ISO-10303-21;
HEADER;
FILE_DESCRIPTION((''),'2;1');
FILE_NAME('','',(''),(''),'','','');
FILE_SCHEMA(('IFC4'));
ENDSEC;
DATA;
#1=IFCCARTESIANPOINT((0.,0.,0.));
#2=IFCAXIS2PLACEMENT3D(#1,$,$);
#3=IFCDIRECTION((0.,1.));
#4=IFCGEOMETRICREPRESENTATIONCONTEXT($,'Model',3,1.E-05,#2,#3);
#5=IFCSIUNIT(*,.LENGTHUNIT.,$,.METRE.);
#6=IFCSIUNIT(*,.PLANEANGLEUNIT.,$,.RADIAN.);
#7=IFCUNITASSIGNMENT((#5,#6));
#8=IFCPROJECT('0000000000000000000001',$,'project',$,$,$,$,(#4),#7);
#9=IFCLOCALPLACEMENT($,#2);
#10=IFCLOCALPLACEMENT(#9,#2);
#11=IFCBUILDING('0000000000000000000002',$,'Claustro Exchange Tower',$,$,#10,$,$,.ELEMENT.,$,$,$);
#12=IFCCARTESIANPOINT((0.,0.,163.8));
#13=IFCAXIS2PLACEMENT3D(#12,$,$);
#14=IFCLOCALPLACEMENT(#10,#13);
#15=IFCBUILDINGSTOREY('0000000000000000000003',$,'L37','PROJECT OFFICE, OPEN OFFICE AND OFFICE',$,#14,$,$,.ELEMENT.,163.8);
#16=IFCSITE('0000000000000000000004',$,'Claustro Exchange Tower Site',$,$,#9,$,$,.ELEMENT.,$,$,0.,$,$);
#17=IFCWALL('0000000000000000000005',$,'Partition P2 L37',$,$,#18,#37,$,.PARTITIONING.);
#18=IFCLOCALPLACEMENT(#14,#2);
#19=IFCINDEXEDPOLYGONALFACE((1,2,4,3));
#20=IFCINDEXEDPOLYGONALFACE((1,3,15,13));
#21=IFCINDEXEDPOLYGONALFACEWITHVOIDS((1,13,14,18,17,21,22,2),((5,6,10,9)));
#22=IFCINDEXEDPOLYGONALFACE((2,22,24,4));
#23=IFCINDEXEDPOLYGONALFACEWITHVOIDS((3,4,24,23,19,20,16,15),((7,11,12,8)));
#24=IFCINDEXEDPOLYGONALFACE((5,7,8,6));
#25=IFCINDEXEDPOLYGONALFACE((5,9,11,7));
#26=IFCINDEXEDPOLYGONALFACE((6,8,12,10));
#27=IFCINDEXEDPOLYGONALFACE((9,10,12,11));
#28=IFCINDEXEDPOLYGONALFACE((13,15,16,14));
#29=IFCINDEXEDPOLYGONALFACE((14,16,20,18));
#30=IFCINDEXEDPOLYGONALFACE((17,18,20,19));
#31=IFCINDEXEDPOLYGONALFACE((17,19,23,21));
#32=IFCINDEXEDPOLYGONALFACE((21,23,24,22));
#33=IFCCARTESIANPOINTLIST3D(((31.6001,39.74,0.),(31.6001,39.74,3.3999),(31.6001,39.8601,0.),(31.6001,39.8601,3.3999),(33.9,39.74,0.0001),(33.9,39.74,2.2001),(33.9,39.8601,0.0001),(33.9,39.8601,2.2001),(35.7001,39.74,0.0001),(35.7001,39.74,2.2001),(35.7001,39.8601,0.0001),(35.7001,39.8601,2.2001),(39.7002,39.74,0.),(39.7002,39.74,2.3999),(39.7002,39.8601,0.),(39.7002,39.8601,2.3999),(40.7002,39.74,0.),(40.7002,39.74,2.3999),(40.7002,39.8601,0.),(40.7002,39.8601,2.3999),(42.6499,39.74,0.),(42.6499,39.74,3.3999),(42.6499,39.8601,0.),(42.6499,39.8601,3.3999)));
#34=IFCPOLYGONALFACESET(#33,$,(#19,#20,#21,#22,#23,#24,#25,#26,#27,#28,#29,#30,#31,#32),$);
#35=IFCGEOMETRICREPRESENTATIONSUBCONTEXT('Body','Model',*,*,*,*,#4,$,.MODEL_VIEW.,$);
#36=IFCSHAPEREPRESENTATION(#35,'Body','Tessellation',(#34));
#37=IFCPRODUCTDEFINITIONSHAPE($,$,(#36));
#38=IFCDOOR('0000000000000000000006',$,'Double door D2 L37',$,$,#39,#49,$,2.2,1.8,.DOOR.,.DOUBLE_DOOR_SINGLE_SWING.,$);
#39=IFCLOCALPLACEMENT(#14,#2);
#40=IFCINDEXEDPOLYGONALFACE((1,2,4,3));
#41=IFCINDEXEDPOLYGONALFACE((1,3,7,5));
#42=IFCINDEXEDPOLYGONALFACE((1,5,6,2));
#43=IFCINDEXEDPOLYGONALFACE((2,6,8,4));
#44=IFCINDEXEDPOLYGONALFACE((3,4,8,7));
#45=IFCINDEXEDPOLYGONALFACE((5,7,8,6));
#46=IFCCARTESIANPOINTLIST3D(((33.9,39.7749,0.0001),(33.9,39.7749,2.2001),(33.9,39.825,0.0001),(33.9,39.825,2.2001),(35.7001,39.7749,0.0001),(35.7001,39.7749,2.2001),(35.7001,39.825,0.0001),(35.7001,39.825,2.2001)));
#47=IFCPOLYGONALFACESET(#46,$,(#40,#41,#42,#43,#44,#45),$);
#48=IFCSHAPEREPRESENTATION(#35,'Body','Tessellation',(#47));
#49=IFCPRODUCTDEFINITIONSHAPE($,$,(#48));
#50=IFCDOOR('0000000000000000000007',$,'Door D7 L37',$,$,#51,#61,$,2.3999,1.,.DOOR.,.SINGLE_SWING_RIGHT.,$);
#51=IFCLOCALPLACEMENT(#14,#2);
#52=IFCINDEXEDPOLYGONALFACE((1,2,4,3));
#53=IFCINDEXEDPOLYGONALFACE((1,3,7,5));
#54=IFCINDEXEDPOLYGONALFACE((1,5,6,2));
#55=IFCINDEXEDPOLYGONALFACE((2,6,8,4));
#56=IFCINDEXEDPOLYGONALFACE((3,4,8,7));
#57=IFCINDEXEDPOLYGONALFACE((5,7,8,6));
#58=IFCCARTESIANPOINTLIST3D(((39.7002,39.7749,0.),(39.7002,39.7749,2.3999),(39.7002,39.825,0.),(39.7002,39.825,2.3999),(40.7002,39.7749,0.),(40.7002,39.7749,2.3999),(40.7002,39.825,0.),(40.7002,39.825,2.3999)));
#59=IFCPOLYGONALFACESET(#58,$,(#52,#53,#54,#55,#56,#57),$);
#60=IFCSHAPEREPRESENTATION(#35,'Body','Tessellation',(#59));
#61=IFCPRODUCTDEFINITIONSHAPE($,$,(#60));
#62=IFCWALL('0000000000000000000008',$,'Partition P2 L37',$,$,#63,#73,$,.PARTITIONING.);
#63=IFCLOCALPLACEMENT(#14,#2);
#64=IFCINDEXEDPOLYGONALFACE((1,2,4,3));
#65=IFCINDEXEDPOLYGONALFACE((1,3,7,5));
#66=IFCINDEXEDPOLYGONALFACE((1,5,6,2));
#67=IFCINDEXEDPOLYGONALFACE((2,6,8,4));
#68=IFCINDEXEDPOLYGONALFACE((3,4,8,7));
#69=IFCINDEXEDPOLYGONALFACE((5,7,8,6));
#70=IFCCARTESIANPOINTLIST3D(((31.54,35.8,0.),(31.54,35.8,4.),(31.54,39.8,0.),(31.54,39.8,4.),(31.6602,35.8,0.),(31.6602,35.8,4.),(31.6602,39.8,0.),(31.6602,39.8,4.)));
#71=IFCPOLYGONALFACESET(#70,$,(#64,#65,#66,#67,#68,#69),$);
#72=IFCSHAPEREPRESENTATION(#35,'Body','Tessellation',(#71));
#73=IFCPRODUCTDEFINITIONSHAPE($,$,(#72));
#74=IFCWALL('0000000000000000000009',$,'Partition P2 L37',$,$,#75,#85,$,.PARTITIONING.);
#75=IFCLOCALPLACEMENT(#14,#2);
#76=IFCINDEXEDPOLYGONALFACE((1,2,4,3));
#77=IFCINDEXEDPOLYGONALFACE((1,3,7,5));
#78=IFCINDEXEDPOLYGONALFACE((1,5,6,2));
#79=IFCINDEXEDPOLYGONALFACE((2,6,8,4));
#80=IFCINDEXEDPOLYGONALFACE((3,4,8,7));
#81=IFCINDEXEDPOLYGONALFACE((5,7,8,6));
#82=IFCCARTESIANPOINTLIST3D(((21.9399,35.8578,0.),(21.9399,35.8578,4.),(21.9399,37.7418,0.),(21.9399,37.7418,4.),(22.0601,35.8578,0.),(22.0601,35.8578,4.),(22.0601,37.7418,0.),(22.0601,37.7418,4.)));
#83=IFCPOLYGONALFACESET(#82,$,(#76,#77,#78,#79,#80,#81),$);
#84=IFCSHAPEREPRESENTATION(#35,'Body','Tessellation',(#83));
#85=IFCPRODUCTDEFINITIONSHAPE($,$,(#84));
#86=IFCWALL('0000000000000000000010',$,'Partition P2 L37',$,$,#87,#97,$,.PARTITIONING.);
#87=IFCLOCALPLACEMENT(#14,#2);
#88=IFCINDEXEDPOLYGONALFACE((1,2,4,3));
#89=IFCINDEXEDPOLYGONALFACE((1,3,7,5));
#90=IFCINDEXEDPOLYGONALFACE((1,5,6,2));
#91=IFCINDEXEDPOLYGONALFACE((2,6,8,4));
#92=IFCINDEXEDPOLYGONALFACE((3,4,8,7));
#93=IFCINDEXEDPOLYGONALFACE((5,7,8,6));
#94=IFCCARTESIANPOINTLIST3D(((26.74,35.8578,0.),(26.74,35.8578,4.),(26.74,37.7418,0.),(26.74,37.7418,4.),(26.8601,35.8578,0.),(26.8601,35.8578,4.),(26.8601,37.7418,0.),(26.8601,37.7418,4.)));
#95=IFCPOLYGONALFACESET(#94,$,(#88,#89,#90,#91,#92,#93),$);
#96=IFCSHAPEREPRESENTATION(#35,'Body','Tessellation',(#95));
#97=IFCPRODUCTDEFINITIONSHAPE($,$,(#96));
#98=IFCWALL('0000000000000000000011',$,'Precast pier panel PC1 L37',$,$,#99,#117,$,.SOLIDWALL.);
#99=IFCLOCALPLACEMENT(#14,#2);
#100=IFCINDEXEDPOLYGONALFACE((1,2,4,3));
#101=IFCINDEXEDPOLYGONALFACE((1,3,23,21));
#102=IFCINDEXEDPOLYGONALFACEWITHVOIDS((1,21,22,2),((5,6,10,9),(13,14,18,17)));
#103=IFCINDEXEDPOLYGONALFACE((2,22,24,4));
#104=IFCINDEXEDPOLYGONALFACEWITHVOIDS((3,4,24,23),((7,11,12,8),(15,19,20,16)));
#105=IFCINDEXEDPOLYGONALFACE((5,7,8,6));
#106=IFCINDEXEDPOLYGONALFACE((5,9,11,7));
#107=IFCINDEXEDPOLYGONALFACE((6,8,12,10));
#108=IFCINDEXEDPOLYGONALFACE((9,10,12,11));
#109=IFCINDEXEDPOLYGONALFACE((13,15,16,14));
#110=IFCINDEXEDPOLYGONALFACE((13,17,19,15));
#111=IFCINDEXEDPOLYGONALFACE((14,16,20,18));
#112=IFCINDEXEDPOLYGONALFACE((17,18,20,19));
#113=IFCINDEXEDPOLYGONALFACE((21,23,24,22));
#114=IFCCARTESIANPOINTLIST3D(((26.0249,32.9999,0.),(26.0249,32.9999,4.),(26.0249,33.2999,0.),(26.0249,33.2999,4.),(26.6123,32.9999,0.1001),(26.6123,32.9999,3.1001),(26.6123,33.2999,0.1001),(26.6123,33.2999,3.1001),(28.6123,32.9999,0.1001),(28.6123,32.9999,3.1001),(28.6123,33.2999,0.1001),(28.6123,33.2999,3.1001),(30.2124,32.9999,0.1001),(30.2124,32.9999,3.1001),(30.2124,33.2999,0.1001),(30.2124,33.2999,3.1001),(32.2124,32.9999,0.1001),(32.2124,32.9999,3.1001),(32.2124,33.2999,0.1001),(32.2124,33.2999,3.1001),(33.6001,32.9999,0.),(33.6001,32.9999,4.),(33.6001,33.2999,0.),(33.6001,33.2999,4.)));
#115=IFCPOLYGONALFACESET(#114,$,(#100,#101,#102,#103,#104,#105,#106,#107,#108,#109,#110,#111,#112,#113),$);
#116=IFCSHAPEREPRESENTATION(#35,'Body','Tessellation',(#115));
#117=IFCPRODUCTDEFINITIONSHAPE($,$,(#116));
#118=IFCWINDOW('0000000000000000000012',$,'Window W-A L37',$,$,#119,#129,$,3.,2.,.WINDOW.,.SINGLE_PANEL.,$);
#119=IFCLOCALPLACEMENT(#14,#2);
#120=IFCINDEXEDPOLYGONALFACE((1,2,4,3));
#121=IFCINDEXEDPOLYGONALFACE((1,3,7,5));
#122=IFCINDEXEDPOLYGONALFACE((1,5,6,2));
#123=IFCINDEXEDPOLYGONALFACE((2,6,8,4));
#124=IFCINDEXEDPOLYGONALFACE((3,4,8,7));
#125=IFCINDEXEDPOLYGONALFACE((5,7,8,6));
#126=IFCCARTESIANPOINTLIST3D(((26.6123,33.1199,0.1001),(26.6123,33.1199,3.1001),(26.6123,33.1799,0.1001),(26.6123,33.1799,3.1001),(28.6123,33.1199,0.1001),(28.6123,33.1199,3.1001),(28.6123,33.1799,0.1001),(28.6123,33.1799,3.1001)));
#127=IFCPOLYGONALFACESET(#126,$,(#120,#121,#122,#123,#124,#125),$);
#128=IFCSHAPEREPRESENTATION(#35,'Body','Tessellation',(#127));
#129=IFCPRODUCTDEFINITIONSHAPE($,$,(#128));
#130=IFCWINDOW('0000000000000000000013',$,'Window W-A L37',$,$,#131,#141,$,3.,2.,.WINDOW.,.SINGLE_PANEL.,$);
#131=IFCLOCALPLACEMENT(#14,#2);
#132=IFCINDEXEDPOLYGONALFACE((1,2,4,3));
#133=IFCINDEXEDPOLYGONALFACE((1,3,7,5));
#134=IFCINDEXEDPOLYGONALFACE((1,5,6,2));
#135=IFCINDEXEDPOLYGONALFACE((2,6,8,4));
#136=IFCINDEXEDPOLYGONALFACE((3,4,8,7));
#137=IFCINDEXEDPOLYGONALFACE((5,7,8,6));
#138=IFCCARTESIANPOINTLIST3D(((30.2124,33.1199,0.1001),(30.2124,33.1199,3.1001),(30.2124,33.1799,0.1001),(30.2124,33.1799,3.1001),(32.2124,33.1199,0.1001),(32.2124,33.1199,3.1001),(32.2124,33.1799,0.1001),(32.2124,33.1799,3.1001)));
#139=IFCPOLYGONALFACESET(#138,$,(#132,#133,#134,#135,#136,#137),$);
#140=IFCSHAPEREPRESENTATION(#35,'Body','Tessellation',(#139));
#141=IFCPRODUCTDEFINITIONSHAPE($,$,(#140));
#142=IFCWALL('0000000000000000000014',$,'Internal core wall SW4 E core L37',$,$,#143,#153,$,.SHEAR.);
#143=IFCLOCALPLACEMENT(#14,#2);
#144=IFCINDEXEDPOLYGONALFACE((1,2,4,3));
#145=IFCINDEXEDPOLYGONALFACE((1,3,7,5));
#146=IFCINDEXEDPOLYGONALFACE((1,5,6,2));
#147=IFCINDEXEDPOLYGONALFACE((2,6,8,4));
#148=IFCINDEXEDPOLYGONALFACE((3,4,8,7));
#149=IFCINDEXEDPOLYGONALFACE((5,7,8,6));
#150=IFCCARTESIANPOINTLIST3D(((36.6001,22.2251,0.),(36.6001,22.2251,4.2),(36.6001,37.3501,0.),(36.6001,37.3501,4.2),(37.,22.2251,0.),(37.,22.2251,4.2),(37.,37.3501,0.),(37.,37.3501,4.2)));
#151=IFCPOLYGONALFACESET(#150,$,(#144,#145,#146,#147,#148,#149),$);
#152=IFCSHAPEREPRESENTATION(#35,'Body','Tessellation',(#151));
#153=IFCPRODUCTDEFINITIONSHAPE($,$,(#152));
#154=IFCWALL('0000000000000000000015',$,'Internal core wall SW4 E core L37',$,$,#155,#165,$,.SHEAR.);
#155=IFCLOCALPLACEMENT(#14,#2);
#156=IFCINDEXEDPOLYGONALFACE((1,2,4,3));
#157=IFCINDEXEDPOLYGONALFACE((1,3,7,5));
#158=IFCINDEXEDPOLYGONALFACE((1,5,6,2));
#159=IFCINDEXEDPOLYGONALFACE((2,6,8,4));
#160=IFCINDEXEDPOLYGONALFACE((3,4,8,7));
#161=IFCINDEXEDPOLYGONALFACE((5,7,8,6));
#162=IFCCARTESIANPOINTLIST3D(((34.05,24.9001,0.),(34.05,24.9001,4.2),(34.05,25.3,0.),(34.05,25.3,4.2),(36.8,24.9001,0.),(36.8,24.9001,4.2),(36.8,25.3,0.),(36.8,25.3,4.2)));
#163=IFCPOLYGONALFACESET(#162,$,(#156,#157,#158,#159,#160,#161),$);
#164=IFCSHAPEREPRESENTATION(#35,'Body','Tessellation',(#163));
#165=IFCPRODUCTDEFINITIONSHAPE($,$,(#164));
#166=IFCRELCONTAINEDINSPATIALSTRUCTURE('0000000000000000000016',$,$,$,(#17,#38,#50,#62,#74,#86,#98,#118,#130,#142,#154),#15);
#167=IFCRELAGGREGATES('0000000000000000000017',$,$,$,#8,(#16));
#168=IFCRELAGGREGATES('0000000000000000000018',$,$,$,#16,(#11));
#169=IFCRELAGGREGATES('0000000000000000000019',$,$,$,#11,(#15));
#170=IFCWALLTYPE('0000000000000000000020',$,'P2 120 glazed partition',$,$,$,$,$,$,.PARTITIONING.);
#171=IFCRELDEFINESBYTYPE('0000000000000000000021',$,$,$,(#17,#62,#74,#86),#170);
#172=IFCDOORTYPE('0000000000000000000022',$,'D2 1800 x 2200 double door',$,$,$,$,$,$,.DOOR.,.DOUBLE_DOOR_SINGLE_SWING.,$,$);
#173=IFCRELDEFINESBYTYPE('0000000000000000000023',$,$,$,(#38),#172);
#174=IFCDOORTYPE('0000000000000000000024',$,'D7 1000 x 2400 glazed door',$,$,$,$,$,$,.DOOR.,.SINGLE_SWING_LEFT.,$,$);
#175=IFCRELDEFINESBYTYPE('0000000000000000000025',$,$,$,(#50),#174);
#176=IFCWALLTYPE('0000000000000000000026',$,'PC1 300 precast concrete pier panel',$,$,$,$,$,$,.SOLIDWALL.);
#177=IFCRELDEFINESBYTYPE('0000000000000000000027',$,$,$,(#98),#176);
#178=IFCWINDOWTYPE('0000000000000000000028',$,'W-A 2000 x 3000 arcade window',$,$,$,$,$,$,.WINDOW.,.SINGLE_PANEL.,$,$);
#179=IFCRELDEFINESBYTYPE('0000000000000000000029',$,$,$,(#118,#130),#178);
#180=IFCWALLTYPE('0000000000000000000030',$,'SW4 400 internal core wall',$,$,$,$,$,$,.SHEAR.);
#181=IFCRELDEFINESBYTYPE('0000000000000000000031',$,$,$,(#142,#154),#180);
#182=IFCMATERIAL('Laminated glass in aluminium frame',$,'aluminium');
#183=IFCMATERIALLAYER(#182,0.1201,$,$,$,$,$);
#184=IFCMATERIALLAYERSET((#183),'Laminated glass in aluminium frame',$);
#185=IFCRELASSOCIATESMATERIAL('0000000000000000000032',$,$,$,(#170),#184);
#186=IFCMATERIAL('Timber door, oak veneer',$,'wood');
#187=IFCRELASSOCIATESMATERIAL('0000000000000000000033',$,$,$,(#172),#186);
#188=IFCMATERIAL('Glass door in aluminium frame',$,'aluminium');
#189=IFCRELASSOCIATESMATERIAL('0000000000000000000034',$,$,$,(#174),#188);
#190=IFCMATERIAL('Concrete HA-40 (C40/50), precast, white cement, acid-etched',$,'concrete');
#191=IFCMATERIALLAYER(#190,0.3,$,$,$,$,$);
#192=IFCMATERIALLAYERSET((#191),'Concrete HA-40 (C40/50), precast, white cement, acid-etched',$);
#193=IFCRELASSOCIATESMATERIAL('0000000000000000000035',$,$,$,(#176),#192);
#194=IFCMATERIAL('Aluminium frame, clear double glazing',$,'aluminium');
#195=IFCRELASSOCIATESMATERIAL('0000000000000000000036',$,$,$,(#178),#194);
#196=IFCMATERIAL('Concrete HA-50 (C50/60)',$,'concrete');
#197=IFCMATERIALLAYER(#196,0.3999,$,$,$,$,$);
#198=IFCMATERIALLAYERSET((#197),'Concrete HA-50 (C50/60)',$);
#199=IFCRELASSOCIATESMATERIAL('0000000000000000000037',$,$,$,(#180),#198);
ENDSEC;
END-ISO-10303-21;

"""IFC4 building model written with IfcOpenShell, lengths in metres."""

from ifc_helpers import new_model, si_unit, direction, frame, frame_2d, origin, place, context, subcontext, project, spatial, rectangle, extrude, material, layer, layer_set, type_object, element, fill, save


model = new_model("IFC4")

# Units and contexts
model_context = context("Model", 3, precision=1e-05, world=origin(), true_north=direction((0.0, 1.0)))
body_context = subcontext(model_context, "Body", "Model", "MODEL_VIEW")
ifc_project = project(units=[si_unit("LENGTHUNIT", "METRE"), si_unit("PLANEANGLEUNIT", "RADIAN")], contexts=[model_context])

# Site, building, storey
site_placement = place(None, origin())
site = spatial("IfcSite", under=ifc_project, at=site_placement, Name="Claustro Exchange Tower Site", CompositionType="ELEMENT", RefElevation=0.0)
building_placement = place(site_placement, origin())
building = spatial("IfcBuilding", under=site, at=building_placement, Name="Claustro Exchange Tower", CompositionType="ELEMENT")
storey_placement = place(building_placement, frame((0.0, 0.0, 163.8)))
storey = spatial("IfcBuildingStorey", under=building, at=storey_placement, Name="L37", Description="PROJECT OFFICE, OPEN OFFICE AND OFFICE", CompositionType="ELEMENT", Elevation=163.8)

# Wall, openings, doors
ifc_material_1 = material(Name="Laminated glass in aluminium frame", Category="aluminium")
ifc_layer_1 = layer(ifc_material_1, 0.1201)
ifc_layer_set_1 = layer_set([ifc_layer_1], Name="Laminated glass in aluminium frame")
wall_type_1 = type_object("IfcWallType", Name="P2 120 glazed partition", PredefinedType="PARTITIONING", material=ifc_layer_set_1)
wall_1_placement = place(storey_placement, frame((31.6001, 39.8, 0.0), z_axis=(0.0, 0.0, 1.0), x_axis=(1.0, 0.0, 0.0)))
wall_1 = element("IfcWall", 1, at=wall_1_placement, inside=storey, type_object=wall_type_1, Name="Partition P2 L37", PredefinedType="PARTITIONING", context=body_context, shape_type="SweptSolid", body=[
    extrude(rectangle(XDim=11.0498, YDim=0.1201, at=frame_2d((5.5249, 0.0))), origin(), (0.0, 0.0, 1.0), 3.3999),
])
opening_1_placement = place(wall_1_placement, frame((2.3, 0.0, 0.0)))
opening_1 = element("IfcOpeningElement", 2, at=opening_1_placement, cuts=wall_1, PredefinedType="OPENING", context=body_context, shape_type="SweptSolid", body=[
    extrude(rectangle(XDim=1.8, YDim=2.2, at=frame_2d((0.8999, 1.1001))), frame((0.0, 0.0701, 0.0), z_axis=(0.0, -1.0, 0.0), x_axis=(1.0, 0.0, 0.0)), (0.0, 0.0, 1.0), 0.1401),
])
opening_2_placement = place(wall_1_placement, frame((8.1001, 0.0, 0.0)))
opening_2 = element("IfcOpeningElement", 3, at=opening_2_placement, cuts=wall_1, PredefinedType="OPENING", context=body_context, shape_type="SweptSolid", body=[
    extrude(rectangle(XDim=1.0, YDim=2.3999, at=frame_2d((0.5, 1.2))), frame((0.0, 0.0701, 0.0), z_axis=(0.0, -1.0, 0.0), x_axis=(1.0, 0.0, 0.0)), (0.0, 0.0, 1.0), 0.1401),
])
ifc_material_2 = material(Name="Timber door, oak veneer", Category="wood")
door_type_1 = type_object("IfcDoorType", Name="D2 1800 x 2200 double door", OperationType="DOUBLE_DOOR_SINGLE_SWING", PredefinedType="DOOR", material=ifc_material_2)
door_1_placement = place(opening_1_placement, origin())
door_1 = element("IfcDoor", 4, at=door_1_placement, inside=storey, type_object=door_type_1, Name="Double door D2 L37", OperationType="DOUBLE_DOOR_SINGLE_SWING", OverallHeight=2.2, OverallWidth=1.8, PredefinedType="DOOR", context=body_context, shape_type="SweptSolid", body=[
    extrude(rectangle(XDim=1.8, YDim=2.2, at=frame_2d((0.8999, 1.1001))), frame((0.0, 0.0249, 0.0), z_axis=(0.0, -1.0, 0.0), x_axis=(1.0, 0.0, 0.0)), (0.0, 0.0, 1.0), 0.05),
])
fill(opening_1, door_1)
ifc_material_3 = material(Name="Glass door in aluminium frame", Category="aluminium")
door_type_2 = type_object("IfcDoorType", Name="D7 1000 x 2400 glazed door", OperationType="SINGLE_SWING_LEFT", PredefinedType="DOOR", material=ifc_material_3)
door_2_placement = place(opening_2_placement, origin())
door_2 = element("IfcDoor", 5, at=door_2_placement, inside=storey, type_object=door_type_2, Name="Door D7 L37", OperationType="SINGLE_SWING_RIGHT", OverallHeight=2.3999, OverallWidth=1.0, PredefinedType="DOOR", context=body_context, shape_type="SweptSolid", body=[
    extrude(rectangle(XDim=1.0, YDim=2.3999, at=frame_2d((0.5, 1.2))), frame((0.0, 0.0249, 0.0), z_axis=(0.0, -1.0, 0.0), x_axis=(1.0, 0.0, 0.0)), (0.0, 0.0, 1.0), 0.05),
])
fill(opening_2, door_2)

# Walls
wall_2_placement = place(storey_placement, frame((31.6001, 35.8, 0.0), z_axis=(0.0, 0.0, 1.0), x_axis=(0.0, 1.0, 0.0)))
element("IfcWall", 6, at=wall_2_placement, inside=storey, type_object=wall_type_1, Name="Partition P2 L37", PredefinedType="PARTITIONING", context=body_context, shape_type="SweptSolid", body=[
    extrude(rectangle(XDim=4.0, YDim=0.1201, at=frame_2d((2.0, 0.0))), origin(), (0.0, 0.0, 1.0), 4.0),
])
for number, where, z_axis, x_axis, name in (
    (7, (22.0, 35.8579, 0.0), (0.0, 0.0, 1.0), (0.0, 1.0, 0.0), "Partition P2 L37"),
    (8, (26.8, 35.8579, 0.0), (0.0, 0.0, 1.0), (0.0, 1.0, 0.0), "Partition P2 L37"),
):
    element("IfcWall", number, at=place(storey_placement, frame(where, z_axis=z_axis, x_axis=x_axis)), inside=storey, type_object=wall_type_1, Name=name, PredefinedType="PARTITIONING", context=body_context, shape_type="SweptSolid", body=[
        extrude(rectangle(XDim=1.884, YDim=0.1201, at=frame_2d((0.9419, 0.0))), origin(), (0.0, 0.0, 1.0), 4.0),
    ])

# Wall, openings, windows
ifc_material_4 = material(Name="Concrete HA-40 (C40/50), precast, white cement, acid-etched", Category="concrete")
ifc_layer_2 = layer(ifc_material_4, 0.3)
ifc_layer_set_2 = layer_set([ifc_layer_2], Name="Concrete HA-40 (C40/50), precast, white cement, acid-etched")
wall_type_2 = type_object("IfcWallType", Name="PC1 300 precast concrete pier panel", PredefinedType="SOLIDWALL", material=ifc_layer_set_2)
wall_3_placement = place(storey_placement, frame((26.0249, 33.1499, 0.0), z_axis=(0.0, 0.0, 1.0), x_axis=(1.0, 0.0, 0.0)))
wall_3 = element("IfcWall", 9, at=wall_3_placement, inside=storey, type_object=wall_type_2, Name="Precast pier panel PC1 L37", PredefinedType="SOLIDWALL", context=body_context, shape_type="SweptSolid", body=[
    extrude(rectangle(XDim=7.5752, YDim=0.3, at=frame_2d((3.7876, 0.0))), origin(), (0.0, 0.0, 1.0), 4.0),
])
opening_3_placement = place(wall_3_placement, frame((0.5874, 0.0, 0.1001)))
opening_3 = element("IfcOpeningElement", 10, at=opening_3_placement, cuts=wall_3, PredefinedType="OPENING", context=body_context, shape_type="SweptSolid", body=[
    extrude(rectangle(XDim=2.0, YDim=3.0, at=frame_2d((1.0, 1.5))), frame((0.0, 0.1599, 0.0), z_axis=(0.0, -1.0, 0.0), x_axis=(1.0, 0.0, 0.0)), (0.0, 0.0, 1.0), 0.3201),
])
opening_4_placement = place(wall_3_placement, frame((4.1875, 0.0, 0.1001)))
opening_4 = element("IfcOpeningElement", 11, at=opening_4_placement, cuts=wall_3, PredefinedType="OPENING", context=body_context, shape_type="SweptSolid", body=[
    extrude(rectangle(XDim=2.0, YDim=3.0, at=frame_2d((1.0, 1.5))), frame((0.0, 0.1599, 0.0), z_axis=(0.0, -1.0, 0.0), x_axis=(1.0, 0.0, 0.0)), (0.0, 0.0, 1.0), 0.3201),
])
ifc_material_5 = material(Name="Aluminium frame, clear double glazing", Category="aluminium")
window_type = type_object("IfcWindowType", Name="W-A 2000 x 3000 arcade window", PartitioningType="SINGLE_PANEL", PredefinedType="WINDOW", material=ifc_material_5)
window_1_placement = place(opening_3_placement, origin())
window_1 = element("IfcWindow", 12, at=window_1_placement, inside=storey, type_object=window_type, Name="Window W-A L37", OverallHeight=3.0, OverallWidth=2.0, PartitioningType="SINGLE_PANEL", PredefinedType="WINDOW", context=body_context, shape_type="SweptSolid", body=[
    extrude(rectangle(XDim=2.0, YDim=3.0, at=frame_2d((1.0, 1.5))), frame((0.0, 0.03, 0.0), z_axis=(0.0, -1.0, 0.0), x_axis=(1.0, 0.0, 0.0)), (0.0, 0.0, 1.0), 0.0601),
])
fill(opening_3, window_1)
window_2_placement = place(opening_4_placement, origin())
window_2 = element("IfcWindow", 13, at=window_2_placement, inside=storey, type_object=window_type, Name="Window W-A L37", OverallHeight=3.0, OverallWidth=2.0, PartitioningType="SINGLE_PANEL", PredefinedType="WINDOW", context=body_context, shape_type="SweptSolid", body=[
    extrude(rectangle(XDim=2.0, YDim=3.0, at=frame_2d((1.0, 1.5))), frame((0.0, 0.03, 0.0), z_axis=(0.0, -1.0, 0.0), x_axis=(1.0, 0.0, 0.0)), (0.0, 0.0, 1.0), 0.0601),
])
fill(opening_4, window_2)

# Walls
ifc_material_6 = material(Name="Concrete HA-50 (C50/60)", Category="concrete")
ifc_layer_3 = layer(ifc_material_6, 0.3999)
ifc_layer_set_3 = layer_set([ifc_layer_3], Name="Concrete HA-50 (C50/60)")
wall_type_3 = type_object("IfcWallType", Name="SW4 400 internal core wall", PredefinedType="SHEAR", material=ifc_layer_set_3)
wall_4_placement = place(storey_placement, frame((36.8, 22.2251, 0.0), z_axis=(0.0, 0.0, 1.0), x_axis=(0.0, 1.0, 0.0)))
element("IfcWall", 14, at=wall_4_placement, inside=storey, type_object=wall_type_3, Name="Internal core wall SW4 E core L37", PredefinedType="SHEAR", context=body_context, shape_type="SweptSolid", body=[
    extrude(rectangle(XDim=15.125, YDim=0.3999, at=frame_2d((7.5625, 0.0))), origin(), (0.0, 0.0, 1.0), 4.2),
])
wall_5_placement = place(storey_placement, frame((36.8, 25.1001, 0.0), z_axis=(0.0, 0.0, 1.0), x_axis=(-1.0, 0.0, 0.0)))
element("IfcWall", 15, at=wall_5_placement, inside=storey, type_object=wall_type_3, Name="Internal core wall SW4 E core L37", PredefinedType="SHEAR", context=body_context, shape_type="SweptSolid", body=[
    extrude(rectangle(XDim=2.75, YDim=0.3999, at=frame_2d((1.375, 0.0))), origin(), (0.0, 0.0, 1.0), 4.2),
])

save(model, "model.ifc")
